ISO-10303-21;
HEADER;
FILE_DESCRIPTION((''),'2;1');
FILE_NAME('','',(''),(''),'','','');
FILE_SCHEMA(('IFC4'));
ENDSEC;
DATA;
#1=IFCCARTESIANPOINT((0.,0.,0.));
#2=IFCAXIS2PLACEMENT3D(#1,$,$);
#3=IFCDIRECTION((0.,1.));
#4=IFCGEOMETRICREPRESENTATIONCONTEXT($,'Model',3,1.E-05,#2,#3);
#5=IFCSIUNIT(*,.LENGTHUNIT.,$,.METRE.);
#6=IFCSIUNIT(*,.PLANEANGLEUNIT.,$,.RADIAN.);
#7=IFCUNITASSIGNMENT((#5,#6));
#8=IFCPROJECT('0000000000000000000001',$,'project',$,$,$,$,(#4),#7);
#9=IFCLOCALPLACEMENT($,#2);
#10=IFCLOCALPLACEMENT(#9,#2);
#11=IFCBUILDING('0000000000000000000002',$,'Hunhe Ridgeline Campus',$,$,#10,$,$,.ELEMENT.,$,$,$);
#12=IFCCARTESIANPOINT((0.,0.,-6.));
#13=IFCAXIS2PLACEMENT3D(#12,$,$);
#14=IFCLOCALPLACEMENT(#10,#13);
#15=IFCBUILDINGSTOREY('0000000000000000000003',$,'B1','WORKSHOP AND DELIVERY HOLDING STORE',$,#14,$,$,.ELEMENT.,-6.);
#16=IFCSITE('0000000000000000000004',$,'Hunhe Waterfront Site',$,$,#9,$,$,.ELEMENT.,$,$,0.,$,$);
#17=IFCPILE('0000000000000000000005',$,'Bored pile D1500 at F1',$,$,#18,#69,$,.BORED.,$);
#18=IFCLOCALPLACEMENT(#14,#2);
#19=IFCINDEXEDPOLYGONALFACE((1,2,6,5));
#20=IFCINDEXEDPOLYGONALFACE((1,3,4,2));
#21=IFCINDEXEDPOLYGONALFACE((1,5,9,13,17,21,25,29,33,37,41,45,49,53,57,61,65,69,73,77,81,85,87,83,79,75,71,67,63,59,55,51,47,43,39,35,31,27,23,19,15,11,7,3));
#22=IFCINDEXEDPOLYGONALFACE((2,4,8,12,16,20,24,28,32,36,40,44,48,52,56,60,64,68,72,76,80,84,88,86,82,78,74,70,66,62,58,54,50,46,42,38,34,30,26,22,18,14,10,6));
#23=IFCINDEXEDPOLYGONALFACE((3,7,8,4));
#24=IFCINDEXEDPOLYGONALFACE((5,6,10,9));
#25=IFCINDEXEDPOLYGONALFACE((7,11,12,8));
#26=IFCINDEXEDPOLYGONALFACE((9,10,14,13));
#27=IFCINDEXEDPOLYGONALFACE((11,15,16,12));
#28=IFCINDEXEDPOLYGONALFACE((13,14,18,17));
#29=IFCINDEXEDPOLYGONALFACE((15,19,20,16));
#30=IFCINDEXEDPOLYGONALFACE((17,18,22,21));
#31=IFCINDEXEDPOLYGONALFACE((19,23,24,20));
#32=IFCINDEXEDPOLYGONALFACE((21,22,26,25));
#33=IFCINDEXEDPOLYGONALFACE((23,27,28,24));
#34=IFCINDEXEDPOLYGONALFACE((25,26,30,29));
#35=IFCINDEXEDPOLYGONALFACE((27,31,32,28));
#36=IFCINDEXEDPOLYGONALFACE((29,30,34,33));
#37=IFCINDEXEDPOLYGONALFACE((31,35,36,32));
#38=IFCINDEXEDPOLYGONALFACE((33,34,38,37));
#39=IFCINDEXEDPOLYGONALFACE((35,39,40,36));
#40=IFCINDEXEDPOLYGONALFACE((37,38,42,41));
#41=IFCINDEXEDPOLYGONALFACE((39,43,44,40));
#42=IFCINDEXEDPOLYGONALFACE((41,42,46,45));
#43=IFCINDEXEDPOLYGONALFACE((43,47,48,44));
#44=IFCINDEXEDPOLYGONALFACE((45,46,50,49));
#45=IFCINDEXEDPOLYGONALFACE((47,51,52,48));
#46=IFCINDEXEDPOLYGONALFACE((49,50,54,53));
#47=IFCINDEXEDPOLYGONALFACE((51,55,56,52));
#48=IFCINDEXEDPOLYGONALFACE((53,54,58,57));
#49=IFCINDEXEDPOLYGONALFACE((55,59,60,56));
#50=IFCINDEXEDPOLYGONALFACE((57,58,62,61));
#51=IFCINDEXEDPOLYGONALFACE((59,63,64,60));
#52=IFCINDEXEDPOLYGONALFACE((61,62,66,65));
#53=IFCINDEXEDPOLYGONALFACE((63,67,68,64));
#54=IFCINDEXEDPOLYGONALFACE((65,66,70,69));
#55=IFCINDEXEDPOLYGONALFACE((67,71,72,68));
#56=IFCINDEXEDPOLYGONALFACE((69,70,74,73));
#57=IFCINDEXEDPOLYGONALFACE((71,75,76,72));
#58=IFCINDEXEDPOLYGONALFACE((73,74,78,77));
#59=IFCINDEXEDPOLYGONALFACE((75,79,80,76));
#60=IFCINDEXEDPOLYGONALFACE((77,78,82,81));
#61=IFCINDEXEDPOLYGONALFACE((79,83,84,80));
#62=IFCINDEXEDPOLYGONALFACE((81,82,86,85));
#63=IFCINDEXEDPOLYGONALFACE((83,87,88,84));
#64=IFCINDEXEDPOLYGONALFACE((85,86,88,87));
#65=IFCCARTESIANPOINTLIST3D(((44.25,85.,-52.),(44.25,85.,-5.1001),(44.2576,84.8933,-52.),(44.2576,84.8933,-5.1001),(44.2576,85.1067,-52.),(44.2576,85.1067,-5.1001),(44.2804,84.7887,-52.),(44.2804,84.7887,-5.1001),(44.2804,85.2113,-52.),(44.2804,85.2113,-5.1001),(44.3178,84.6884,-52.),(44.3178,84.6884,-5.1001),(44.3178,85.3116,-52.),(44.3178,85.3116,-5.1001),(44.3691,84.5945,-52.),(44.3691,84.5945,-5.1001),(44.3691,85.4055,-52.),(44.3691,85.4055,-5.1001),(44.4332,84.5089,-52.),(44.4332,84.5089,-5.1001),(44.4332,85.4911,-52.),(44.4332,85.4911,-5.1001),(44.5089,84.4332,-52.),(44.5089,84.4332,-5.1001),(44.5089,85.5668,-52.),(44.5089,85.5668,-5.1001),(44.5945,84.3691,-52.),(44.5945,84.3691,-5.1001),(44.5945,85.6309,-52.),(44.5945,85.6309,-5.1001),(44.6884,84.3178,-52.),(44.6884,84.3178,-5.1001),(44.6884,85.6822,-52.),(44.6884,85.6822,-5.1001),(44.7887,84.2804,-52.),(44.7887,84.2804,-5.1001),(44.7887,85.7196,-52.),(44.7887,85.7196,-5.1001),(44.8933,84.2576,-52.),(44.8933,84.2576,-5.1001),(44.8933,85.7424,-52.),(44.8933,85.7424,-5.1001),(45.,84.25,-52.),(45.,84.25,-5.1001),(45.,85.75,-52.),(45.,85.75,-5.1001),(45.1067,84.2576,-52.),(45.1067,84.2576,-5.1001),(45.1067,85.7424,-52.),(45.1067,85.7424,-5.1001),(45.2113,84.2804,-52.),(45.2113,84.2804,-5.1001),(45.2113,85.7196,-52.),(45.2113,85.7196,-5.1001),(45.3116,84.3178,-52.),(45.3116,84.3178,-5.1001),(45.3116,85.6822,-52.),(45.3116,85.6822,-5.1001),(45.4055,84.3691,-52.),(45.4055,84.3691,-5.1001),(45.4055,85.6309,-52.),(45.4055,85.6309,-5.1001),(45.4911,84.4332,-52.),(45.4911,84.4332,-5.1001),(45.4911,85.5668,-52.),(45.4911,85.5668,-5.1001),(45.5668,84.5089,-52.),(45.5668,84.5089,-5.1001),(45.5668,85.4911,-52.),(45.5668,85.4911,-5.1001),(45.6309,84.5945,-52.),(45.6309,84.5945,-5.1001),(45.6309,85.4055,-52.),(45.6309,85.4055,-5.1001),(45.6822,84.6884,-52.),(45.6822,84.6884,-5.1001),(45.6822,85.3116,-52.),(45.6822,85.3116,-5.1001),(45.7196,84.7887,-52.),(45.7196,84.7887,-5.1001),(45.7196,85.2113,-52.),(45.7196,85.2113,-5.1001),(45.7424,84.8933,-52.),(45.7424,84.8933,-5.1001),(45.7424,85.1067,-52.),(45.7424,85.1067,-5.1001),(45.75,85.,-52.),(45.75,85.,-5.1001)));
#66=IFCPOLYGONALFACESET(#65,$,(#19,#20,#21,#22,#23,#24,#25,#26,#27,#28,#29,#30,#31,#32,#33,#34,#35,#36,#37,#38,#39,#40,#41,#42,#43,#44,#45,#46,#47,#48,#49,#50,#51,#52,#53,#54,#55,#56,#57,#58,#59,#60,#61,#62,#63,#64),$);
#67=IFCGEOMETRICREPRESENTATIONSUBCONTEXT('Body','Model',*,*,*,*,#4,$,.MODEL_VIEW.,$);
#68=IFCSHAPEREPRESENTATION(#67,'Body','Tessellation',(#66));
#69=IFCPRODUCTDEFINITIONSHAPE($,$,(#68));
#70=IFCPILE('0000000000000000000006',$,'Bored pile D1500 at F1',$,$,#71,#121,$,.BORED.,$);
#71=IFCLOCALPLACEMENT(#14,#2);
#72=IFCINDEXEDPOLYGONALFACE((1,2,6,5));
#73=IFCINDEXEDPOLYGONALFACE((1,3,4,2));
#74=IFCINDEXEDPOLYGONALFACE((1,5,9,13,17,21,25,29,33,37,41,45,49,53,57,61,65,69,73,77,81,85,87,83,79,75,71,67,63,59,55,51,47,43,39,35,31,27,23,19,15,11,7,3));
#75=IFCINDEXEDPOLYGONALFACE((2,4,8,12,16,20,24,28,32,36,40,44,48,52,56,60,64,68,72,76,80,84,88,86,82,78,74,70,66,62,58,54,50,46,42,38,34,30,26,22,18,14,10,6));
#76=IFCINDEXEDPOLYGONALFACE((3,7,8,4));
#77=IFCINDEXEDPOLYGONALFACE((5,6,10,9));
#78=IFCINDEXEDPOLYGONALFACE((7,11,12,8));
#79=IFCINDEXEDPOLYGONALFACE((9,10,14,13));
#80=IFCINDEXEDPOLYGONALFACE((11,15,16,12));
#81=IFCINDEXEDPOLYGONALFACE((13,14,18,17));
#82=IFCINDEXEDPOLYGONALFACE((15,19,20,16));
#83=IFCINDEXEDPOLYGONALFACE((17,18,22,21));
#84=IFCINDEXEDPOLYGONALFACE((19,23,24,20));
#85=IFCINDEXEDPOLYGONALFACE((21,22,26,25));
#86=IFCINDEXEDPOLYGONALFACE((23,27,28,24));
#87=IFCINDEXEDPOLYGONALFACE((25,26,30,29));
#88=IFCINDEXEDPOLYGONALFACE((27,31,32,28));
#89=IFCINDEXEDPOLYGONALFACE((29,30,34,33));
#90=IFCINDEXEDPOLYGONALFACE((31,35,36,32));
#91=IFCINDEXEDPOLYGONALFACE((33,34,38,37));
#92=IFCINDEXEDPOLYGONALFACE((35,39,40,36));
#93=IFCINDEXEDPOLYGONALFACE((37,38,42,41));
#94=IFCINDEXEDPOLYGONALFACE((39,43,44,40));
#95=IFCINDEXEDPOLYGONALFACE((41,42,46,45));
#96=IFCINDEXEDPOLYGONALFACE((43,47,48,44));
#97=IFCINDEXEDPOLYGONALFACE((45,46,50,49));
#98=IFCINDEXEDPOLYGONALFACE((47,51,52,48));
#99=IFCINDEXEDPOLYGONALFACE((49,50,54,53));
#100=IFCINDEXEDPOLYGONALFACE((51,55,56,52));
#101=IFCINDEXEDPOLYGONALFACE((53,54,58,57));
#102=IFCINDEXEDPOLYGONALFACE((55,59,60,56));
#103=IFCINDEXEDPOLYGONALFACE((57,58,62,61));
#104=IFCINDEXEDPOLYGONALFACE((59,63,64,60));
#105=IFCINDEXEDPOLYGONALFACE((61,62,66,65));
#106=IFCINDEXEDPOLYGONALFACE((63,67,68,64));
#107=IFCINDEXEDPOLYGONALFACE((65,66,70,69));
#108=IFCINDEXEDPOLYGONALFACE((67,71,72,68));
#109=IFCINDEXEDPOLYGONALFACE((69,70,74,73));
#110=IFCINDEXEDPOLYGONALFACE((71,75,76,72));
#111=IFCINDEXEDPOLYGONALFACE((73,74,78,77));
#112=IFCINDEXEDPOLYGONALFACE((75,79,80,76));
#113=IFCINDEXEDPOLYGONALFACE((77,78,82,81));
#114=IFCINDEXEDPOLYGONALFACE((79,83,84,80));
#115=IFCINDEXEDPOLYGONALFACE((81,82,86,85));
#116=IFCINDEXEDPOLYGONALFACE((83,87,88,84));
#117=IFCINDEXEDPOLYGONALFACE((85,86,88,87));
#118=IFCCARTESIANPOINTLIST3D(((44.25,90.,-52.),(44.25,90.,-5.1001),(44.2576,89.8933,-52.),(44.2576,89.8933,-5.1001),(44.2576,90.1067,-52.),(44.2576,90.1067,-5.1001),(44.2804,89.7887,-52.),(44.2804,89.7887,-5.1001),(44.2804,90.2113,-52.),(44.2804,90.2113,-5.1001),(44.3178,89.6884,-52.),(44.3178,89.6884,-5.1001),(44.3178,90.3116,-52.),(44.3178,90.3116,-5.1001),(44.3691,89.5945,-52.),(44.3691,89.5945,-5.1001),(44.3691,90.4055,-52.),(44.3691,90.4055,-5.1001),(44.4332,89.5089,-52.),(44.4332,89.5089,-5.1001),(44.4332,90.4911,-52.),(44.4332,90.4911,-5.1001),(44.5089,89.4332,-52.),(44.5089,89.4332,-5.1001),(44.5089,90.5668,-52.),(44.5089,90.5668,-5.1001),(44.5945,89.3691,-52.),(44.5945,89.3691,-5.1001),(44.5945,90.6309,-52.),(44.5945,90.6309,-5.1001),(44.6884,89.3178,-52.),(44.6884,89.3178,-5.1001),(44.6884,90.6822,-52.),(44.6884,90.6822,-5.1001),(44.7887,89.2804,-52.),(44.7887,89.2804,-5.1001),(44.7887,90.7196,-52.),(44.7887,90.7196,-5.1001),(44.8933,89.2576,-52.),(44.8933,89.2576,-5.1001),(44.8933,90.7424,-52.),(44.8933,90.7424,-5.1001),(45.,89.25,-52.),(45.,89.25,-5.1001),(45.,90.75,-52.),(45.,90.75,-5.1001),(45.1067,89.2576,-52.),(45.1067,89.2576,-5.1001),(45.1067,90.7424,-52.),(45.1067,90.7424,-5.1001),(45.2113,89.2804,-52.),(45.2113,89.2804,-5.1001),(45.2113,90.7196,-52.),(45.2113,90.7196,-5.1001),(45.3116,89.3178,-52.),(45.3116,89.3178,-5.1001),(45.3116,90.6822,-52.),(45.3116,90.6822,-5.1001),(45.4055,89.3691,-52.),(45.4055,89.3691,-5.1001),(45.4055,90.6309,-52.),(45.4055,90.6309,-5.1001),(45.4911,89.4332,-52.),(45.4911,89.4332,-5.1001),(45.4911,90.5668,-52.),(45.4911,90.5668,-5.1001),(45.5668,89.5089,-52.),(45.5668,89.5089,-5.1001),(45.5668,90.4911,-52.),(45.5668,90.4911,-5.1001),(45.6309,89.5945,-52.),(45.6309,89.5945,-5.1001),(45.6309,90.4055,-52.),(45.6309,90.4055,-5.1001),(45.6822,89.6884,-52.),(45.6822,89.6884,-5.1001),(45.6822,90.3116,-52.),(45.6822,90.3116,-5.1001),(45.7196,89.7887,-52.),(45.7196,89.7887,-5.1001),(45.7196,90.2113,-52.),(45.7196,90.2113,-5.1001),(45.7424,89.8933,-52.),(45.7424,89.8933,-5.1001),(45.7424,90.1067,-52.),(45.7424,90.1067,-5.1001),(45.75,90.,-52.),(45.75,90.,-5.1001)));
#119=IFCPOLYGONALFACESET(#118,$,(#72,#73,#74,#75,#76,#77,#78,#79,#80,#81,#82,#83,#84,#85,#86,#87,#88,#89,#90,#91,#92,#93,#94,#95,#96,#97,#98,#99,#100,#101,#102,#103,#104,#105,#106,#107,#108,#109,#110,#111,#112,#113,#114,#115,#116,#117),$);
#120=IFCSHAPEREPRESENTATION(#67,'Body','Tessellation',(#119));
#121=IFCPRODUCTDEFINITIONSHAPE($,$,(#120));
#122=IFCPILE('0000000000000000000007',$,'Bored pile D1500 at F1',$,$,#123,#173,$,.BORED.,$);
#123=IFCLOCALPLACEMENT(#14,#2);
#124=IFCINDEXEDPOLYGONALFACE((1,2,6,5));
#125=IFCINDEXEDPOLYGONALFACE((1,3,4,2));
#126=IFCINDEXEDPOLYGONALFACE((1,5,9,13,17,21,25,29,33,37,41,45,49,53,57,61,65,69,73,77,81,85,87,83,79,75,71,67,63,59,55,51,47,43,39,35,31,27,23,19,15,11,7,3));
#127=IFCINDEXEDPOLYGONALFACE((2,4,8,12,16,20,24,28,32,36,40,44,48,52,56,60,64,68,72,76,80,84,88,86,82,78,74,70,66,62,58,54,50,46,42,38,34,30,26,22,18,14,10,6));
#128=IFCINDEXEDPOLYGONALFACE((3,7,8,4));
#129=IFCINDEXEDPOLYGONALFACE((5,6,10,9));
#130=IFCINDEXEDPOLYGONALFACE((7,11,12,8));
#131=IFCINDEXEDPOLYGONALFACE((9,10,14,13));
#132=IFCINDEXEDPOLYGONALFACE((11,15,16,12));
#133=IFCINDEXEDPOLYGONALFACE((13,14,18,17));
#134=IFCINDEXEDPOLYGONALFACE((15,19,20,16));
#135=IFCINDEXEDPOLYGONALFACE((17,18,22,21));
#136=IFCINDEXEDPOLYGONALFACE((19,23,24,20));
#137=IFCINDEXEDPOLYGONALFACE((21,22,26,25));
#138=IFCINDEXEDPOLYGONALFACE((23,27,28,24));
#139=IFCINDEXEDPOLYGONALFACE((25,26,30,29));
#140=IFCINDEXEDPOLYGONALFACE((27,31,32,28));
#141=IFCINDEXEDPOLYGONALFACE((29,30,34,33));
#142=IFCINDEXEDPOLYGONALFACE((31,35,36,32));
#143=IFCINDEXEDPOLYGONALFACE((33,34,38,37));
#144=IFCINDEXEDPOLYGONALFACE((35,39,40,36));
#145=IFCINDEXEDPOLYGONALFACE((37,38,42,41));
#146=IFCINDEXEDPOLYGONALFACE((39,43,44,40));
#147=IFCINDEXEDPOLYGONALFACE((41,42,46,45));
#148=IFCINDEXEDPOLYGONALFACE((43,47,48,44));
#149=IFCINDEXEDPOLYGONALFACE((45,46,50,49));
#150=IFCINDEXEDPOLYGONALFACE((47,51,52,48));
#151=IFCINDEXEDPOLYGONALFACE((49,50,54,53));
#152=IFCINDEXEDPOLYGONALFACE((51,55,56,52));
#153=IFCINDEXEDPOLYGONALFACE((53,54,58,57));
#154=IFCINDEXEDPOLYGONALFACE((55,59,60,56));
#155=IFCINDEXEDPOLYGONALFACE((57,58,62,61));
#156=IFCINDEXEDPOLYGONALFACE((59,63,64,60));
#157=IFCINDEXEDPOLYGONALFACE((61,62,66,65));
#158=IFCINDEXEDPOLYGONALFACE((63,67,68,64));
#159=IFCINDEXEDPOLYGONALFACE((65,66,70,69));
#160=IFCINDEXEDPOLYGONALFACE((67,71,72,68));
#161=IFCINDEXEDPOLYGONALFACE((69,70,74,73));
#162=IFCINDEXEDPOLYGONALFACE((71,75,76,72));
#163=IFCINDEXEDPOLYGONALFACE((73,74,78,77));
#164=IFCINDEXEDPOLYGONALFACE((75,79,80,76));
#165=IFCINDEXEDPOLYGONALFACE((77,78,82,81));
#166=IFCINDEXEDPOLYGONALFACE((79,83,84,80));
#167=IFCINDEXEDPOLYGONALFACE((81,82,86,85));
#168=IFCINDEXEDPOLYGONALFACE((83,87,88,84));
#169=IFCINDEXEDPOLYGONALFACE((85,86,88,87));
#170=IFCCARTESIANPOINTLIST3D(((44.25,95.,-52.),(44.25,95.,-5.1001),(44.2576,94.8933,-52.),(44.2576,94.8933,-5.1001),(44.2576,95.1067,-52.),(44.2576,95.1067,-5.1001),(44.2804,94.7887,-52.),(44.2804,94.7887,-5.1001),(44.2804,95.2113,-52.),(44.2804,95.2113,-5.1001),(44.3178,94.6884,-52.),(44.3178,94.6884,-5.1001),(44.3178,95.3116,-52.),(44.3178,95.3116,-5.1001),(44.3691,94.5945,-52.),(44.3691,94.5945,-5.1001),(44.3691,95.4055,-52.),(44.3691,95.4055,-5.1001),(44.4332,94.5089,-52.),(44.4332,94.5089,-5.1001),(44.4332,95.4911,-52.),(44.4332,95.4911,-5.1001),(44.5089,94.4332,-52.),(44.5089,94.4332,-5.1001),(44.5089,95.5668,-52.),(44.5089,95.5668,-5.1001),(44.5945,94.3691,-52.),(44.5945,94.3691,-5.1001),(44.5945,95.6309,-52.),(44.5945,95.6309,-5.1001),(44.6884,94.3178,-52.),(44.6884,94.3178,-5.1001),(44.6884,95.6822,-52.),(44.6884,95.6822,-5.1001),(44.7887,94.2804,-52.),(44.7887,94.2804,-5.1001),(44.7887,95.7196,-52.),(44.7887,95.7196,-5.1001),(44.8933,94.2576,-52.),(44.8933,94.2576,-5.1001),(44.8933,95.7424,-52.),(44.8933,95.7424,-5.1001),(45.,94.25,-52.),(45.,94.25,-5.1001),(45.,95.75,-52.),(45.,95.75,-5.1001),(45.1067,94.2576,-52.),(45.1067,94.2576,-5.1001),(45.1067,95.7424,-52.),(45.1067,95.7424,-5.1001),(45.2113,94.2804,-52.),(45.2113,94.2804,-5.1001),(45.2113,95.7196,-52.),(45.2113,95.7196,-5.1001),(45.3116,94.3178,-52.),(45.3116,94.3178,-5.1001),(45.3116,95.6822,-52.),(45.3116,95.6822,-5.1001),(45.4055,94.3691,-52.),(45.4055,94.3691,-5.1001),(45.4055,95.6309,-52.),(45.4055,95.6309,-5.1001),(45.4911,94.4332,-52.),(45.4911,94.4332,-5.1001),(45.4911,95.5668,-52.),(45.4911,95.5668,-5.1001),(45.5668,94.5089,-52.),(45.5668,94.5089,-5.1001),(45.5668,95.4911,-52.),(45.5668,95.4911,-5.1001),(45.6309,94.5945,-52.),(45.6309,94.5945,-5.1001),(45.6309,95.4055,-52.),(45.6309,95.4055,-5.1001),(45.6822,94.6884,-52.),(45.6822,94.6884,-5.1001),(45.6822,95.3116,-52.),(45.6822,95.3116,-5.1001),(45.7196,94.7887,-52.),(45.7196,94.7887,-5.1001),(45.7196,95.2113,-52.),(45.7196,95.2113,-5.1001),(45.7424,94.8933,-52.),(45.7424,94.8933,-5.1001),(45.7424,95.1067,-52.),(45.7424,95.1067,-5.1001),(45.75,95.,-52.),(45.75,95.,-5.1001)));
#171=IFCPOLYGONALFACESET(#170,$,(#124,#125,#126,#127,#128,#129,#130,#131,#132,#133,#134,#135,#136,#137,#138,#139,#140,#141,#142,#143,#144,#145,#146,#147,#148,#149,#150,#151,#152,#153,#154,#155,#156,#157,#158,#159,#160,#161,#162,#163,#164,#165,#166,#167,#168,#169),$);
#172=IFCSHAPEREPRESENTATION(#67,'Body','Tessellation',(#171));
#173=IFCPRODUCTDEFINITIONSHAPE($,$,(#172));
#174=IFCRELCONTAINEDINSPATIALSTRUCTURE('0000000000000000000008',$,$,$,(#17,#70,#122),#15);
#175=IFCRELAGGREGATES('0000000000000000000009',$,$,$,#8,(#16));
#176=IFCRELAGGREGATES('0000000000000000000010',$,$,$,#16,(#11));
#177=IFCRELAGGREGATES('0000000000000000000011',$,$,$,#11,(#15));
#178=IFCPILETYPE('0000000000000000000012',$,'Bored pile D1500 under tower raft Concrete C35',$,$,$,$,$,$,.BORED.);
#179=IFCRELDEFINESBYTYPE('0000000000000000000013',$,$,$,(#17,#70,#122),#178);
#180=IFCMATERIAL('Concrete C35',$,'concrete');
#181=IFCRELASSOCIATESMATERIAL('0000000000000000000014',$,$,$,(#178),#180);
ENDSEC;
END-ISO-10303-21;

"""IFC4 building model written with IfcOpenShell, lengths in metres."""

from ifc_helpers import new_model, si_unit, direction, frame, origin, origin_2d, place, context, subcontext, project, spatial, circle, extrude, material, material_profile, profile_set, type_object, element, save


model = new_model("IFC4")

# Units and contexts
model_context = context("Model", 3, precision=1e-05, world=origin(), true_north=direction((0.0, 1.0)))
body_context = subcontext(model_context, "Body", "Model", "MODEL_VIEW")
ifc_project = project(units=[si_unit("LENGTHUNIT", "METRE"), si_unit("PLANEANGLEUNIT", "RADIAN")], contexts=[model_context])

# Site, building, storey
site_placement = place(None, origin())
site = spatial("IfcSite", under=ifc_project, at=site_placement, Name="Hunhe Waterfront Site", CompositionType="ELEMENT", RefElevation=0.0)
building_placement = place(site_placement, origin())
building = spatial("IfcBuilding", under=site, at=building_placement, Name="Hunhe Ridgeline Campus", CompositionType="ELEMENT")
storey_placement = place(building_placement, frame((0.0, 0.0, -6.0)))
storey = spatial("IfcBuildingStorey", under=building, at=storey_placement, Name="B1", Description="WORKSHOP AND DELIVERY HOLDING STORE", CompositionType="ELEMENT", Elevation=-6.0)

# Piles
ifc_material_1 = material(Name="Concrete C35", Category="concrete")
ifc_material_profile_1 = material_profile(ifc_material_1, circle(Radius=0.75, at=origin_2d()))
ifc_profile_set_1 = profile_set([ifc_material_profile_1], Name="Concrete C35")
pile_type = type_object("IfcPileType", Name="Bored pile D1500 under tower raft Concrete C35", PredefinedType="BORED", material=ifc_profile_set_1)
for number, where, z_axis, x_axis, name in (
    (1, (45.0, 85.0, -5.1001), (0.0, 0.0, -1.0), (1.0, 0.0, 0.0), "Bored pile D1500 at F1"),
    (2, (45.0, 90.0, -5.1001), (0.0, 0.0, -1.0), (1.0, 0.0, 0.0), "Bored pile D1500 at F1"),
    (3, (45.0, 95.0, -5.1001), (0.0, 0.0, -1.0), (1.0, 0.0, 0.0), "Bored pile D1500 at F1"),
):
    element("IfcPile", number, at=place(storey_placement, frame(where, z_axis=z_axis, x_axis=x_axis)), inside=storey, type_object=pile_type, Name=name, PredefinedType="BORED", context=body_context, shape_type="SweptSolid", body=[
        extrude(circle(Radius=0.75, at=origin_2d()), origin(), (0.0, 0.0, 1.0), 46.8999),
    ])

save(model, "model.ifc")
